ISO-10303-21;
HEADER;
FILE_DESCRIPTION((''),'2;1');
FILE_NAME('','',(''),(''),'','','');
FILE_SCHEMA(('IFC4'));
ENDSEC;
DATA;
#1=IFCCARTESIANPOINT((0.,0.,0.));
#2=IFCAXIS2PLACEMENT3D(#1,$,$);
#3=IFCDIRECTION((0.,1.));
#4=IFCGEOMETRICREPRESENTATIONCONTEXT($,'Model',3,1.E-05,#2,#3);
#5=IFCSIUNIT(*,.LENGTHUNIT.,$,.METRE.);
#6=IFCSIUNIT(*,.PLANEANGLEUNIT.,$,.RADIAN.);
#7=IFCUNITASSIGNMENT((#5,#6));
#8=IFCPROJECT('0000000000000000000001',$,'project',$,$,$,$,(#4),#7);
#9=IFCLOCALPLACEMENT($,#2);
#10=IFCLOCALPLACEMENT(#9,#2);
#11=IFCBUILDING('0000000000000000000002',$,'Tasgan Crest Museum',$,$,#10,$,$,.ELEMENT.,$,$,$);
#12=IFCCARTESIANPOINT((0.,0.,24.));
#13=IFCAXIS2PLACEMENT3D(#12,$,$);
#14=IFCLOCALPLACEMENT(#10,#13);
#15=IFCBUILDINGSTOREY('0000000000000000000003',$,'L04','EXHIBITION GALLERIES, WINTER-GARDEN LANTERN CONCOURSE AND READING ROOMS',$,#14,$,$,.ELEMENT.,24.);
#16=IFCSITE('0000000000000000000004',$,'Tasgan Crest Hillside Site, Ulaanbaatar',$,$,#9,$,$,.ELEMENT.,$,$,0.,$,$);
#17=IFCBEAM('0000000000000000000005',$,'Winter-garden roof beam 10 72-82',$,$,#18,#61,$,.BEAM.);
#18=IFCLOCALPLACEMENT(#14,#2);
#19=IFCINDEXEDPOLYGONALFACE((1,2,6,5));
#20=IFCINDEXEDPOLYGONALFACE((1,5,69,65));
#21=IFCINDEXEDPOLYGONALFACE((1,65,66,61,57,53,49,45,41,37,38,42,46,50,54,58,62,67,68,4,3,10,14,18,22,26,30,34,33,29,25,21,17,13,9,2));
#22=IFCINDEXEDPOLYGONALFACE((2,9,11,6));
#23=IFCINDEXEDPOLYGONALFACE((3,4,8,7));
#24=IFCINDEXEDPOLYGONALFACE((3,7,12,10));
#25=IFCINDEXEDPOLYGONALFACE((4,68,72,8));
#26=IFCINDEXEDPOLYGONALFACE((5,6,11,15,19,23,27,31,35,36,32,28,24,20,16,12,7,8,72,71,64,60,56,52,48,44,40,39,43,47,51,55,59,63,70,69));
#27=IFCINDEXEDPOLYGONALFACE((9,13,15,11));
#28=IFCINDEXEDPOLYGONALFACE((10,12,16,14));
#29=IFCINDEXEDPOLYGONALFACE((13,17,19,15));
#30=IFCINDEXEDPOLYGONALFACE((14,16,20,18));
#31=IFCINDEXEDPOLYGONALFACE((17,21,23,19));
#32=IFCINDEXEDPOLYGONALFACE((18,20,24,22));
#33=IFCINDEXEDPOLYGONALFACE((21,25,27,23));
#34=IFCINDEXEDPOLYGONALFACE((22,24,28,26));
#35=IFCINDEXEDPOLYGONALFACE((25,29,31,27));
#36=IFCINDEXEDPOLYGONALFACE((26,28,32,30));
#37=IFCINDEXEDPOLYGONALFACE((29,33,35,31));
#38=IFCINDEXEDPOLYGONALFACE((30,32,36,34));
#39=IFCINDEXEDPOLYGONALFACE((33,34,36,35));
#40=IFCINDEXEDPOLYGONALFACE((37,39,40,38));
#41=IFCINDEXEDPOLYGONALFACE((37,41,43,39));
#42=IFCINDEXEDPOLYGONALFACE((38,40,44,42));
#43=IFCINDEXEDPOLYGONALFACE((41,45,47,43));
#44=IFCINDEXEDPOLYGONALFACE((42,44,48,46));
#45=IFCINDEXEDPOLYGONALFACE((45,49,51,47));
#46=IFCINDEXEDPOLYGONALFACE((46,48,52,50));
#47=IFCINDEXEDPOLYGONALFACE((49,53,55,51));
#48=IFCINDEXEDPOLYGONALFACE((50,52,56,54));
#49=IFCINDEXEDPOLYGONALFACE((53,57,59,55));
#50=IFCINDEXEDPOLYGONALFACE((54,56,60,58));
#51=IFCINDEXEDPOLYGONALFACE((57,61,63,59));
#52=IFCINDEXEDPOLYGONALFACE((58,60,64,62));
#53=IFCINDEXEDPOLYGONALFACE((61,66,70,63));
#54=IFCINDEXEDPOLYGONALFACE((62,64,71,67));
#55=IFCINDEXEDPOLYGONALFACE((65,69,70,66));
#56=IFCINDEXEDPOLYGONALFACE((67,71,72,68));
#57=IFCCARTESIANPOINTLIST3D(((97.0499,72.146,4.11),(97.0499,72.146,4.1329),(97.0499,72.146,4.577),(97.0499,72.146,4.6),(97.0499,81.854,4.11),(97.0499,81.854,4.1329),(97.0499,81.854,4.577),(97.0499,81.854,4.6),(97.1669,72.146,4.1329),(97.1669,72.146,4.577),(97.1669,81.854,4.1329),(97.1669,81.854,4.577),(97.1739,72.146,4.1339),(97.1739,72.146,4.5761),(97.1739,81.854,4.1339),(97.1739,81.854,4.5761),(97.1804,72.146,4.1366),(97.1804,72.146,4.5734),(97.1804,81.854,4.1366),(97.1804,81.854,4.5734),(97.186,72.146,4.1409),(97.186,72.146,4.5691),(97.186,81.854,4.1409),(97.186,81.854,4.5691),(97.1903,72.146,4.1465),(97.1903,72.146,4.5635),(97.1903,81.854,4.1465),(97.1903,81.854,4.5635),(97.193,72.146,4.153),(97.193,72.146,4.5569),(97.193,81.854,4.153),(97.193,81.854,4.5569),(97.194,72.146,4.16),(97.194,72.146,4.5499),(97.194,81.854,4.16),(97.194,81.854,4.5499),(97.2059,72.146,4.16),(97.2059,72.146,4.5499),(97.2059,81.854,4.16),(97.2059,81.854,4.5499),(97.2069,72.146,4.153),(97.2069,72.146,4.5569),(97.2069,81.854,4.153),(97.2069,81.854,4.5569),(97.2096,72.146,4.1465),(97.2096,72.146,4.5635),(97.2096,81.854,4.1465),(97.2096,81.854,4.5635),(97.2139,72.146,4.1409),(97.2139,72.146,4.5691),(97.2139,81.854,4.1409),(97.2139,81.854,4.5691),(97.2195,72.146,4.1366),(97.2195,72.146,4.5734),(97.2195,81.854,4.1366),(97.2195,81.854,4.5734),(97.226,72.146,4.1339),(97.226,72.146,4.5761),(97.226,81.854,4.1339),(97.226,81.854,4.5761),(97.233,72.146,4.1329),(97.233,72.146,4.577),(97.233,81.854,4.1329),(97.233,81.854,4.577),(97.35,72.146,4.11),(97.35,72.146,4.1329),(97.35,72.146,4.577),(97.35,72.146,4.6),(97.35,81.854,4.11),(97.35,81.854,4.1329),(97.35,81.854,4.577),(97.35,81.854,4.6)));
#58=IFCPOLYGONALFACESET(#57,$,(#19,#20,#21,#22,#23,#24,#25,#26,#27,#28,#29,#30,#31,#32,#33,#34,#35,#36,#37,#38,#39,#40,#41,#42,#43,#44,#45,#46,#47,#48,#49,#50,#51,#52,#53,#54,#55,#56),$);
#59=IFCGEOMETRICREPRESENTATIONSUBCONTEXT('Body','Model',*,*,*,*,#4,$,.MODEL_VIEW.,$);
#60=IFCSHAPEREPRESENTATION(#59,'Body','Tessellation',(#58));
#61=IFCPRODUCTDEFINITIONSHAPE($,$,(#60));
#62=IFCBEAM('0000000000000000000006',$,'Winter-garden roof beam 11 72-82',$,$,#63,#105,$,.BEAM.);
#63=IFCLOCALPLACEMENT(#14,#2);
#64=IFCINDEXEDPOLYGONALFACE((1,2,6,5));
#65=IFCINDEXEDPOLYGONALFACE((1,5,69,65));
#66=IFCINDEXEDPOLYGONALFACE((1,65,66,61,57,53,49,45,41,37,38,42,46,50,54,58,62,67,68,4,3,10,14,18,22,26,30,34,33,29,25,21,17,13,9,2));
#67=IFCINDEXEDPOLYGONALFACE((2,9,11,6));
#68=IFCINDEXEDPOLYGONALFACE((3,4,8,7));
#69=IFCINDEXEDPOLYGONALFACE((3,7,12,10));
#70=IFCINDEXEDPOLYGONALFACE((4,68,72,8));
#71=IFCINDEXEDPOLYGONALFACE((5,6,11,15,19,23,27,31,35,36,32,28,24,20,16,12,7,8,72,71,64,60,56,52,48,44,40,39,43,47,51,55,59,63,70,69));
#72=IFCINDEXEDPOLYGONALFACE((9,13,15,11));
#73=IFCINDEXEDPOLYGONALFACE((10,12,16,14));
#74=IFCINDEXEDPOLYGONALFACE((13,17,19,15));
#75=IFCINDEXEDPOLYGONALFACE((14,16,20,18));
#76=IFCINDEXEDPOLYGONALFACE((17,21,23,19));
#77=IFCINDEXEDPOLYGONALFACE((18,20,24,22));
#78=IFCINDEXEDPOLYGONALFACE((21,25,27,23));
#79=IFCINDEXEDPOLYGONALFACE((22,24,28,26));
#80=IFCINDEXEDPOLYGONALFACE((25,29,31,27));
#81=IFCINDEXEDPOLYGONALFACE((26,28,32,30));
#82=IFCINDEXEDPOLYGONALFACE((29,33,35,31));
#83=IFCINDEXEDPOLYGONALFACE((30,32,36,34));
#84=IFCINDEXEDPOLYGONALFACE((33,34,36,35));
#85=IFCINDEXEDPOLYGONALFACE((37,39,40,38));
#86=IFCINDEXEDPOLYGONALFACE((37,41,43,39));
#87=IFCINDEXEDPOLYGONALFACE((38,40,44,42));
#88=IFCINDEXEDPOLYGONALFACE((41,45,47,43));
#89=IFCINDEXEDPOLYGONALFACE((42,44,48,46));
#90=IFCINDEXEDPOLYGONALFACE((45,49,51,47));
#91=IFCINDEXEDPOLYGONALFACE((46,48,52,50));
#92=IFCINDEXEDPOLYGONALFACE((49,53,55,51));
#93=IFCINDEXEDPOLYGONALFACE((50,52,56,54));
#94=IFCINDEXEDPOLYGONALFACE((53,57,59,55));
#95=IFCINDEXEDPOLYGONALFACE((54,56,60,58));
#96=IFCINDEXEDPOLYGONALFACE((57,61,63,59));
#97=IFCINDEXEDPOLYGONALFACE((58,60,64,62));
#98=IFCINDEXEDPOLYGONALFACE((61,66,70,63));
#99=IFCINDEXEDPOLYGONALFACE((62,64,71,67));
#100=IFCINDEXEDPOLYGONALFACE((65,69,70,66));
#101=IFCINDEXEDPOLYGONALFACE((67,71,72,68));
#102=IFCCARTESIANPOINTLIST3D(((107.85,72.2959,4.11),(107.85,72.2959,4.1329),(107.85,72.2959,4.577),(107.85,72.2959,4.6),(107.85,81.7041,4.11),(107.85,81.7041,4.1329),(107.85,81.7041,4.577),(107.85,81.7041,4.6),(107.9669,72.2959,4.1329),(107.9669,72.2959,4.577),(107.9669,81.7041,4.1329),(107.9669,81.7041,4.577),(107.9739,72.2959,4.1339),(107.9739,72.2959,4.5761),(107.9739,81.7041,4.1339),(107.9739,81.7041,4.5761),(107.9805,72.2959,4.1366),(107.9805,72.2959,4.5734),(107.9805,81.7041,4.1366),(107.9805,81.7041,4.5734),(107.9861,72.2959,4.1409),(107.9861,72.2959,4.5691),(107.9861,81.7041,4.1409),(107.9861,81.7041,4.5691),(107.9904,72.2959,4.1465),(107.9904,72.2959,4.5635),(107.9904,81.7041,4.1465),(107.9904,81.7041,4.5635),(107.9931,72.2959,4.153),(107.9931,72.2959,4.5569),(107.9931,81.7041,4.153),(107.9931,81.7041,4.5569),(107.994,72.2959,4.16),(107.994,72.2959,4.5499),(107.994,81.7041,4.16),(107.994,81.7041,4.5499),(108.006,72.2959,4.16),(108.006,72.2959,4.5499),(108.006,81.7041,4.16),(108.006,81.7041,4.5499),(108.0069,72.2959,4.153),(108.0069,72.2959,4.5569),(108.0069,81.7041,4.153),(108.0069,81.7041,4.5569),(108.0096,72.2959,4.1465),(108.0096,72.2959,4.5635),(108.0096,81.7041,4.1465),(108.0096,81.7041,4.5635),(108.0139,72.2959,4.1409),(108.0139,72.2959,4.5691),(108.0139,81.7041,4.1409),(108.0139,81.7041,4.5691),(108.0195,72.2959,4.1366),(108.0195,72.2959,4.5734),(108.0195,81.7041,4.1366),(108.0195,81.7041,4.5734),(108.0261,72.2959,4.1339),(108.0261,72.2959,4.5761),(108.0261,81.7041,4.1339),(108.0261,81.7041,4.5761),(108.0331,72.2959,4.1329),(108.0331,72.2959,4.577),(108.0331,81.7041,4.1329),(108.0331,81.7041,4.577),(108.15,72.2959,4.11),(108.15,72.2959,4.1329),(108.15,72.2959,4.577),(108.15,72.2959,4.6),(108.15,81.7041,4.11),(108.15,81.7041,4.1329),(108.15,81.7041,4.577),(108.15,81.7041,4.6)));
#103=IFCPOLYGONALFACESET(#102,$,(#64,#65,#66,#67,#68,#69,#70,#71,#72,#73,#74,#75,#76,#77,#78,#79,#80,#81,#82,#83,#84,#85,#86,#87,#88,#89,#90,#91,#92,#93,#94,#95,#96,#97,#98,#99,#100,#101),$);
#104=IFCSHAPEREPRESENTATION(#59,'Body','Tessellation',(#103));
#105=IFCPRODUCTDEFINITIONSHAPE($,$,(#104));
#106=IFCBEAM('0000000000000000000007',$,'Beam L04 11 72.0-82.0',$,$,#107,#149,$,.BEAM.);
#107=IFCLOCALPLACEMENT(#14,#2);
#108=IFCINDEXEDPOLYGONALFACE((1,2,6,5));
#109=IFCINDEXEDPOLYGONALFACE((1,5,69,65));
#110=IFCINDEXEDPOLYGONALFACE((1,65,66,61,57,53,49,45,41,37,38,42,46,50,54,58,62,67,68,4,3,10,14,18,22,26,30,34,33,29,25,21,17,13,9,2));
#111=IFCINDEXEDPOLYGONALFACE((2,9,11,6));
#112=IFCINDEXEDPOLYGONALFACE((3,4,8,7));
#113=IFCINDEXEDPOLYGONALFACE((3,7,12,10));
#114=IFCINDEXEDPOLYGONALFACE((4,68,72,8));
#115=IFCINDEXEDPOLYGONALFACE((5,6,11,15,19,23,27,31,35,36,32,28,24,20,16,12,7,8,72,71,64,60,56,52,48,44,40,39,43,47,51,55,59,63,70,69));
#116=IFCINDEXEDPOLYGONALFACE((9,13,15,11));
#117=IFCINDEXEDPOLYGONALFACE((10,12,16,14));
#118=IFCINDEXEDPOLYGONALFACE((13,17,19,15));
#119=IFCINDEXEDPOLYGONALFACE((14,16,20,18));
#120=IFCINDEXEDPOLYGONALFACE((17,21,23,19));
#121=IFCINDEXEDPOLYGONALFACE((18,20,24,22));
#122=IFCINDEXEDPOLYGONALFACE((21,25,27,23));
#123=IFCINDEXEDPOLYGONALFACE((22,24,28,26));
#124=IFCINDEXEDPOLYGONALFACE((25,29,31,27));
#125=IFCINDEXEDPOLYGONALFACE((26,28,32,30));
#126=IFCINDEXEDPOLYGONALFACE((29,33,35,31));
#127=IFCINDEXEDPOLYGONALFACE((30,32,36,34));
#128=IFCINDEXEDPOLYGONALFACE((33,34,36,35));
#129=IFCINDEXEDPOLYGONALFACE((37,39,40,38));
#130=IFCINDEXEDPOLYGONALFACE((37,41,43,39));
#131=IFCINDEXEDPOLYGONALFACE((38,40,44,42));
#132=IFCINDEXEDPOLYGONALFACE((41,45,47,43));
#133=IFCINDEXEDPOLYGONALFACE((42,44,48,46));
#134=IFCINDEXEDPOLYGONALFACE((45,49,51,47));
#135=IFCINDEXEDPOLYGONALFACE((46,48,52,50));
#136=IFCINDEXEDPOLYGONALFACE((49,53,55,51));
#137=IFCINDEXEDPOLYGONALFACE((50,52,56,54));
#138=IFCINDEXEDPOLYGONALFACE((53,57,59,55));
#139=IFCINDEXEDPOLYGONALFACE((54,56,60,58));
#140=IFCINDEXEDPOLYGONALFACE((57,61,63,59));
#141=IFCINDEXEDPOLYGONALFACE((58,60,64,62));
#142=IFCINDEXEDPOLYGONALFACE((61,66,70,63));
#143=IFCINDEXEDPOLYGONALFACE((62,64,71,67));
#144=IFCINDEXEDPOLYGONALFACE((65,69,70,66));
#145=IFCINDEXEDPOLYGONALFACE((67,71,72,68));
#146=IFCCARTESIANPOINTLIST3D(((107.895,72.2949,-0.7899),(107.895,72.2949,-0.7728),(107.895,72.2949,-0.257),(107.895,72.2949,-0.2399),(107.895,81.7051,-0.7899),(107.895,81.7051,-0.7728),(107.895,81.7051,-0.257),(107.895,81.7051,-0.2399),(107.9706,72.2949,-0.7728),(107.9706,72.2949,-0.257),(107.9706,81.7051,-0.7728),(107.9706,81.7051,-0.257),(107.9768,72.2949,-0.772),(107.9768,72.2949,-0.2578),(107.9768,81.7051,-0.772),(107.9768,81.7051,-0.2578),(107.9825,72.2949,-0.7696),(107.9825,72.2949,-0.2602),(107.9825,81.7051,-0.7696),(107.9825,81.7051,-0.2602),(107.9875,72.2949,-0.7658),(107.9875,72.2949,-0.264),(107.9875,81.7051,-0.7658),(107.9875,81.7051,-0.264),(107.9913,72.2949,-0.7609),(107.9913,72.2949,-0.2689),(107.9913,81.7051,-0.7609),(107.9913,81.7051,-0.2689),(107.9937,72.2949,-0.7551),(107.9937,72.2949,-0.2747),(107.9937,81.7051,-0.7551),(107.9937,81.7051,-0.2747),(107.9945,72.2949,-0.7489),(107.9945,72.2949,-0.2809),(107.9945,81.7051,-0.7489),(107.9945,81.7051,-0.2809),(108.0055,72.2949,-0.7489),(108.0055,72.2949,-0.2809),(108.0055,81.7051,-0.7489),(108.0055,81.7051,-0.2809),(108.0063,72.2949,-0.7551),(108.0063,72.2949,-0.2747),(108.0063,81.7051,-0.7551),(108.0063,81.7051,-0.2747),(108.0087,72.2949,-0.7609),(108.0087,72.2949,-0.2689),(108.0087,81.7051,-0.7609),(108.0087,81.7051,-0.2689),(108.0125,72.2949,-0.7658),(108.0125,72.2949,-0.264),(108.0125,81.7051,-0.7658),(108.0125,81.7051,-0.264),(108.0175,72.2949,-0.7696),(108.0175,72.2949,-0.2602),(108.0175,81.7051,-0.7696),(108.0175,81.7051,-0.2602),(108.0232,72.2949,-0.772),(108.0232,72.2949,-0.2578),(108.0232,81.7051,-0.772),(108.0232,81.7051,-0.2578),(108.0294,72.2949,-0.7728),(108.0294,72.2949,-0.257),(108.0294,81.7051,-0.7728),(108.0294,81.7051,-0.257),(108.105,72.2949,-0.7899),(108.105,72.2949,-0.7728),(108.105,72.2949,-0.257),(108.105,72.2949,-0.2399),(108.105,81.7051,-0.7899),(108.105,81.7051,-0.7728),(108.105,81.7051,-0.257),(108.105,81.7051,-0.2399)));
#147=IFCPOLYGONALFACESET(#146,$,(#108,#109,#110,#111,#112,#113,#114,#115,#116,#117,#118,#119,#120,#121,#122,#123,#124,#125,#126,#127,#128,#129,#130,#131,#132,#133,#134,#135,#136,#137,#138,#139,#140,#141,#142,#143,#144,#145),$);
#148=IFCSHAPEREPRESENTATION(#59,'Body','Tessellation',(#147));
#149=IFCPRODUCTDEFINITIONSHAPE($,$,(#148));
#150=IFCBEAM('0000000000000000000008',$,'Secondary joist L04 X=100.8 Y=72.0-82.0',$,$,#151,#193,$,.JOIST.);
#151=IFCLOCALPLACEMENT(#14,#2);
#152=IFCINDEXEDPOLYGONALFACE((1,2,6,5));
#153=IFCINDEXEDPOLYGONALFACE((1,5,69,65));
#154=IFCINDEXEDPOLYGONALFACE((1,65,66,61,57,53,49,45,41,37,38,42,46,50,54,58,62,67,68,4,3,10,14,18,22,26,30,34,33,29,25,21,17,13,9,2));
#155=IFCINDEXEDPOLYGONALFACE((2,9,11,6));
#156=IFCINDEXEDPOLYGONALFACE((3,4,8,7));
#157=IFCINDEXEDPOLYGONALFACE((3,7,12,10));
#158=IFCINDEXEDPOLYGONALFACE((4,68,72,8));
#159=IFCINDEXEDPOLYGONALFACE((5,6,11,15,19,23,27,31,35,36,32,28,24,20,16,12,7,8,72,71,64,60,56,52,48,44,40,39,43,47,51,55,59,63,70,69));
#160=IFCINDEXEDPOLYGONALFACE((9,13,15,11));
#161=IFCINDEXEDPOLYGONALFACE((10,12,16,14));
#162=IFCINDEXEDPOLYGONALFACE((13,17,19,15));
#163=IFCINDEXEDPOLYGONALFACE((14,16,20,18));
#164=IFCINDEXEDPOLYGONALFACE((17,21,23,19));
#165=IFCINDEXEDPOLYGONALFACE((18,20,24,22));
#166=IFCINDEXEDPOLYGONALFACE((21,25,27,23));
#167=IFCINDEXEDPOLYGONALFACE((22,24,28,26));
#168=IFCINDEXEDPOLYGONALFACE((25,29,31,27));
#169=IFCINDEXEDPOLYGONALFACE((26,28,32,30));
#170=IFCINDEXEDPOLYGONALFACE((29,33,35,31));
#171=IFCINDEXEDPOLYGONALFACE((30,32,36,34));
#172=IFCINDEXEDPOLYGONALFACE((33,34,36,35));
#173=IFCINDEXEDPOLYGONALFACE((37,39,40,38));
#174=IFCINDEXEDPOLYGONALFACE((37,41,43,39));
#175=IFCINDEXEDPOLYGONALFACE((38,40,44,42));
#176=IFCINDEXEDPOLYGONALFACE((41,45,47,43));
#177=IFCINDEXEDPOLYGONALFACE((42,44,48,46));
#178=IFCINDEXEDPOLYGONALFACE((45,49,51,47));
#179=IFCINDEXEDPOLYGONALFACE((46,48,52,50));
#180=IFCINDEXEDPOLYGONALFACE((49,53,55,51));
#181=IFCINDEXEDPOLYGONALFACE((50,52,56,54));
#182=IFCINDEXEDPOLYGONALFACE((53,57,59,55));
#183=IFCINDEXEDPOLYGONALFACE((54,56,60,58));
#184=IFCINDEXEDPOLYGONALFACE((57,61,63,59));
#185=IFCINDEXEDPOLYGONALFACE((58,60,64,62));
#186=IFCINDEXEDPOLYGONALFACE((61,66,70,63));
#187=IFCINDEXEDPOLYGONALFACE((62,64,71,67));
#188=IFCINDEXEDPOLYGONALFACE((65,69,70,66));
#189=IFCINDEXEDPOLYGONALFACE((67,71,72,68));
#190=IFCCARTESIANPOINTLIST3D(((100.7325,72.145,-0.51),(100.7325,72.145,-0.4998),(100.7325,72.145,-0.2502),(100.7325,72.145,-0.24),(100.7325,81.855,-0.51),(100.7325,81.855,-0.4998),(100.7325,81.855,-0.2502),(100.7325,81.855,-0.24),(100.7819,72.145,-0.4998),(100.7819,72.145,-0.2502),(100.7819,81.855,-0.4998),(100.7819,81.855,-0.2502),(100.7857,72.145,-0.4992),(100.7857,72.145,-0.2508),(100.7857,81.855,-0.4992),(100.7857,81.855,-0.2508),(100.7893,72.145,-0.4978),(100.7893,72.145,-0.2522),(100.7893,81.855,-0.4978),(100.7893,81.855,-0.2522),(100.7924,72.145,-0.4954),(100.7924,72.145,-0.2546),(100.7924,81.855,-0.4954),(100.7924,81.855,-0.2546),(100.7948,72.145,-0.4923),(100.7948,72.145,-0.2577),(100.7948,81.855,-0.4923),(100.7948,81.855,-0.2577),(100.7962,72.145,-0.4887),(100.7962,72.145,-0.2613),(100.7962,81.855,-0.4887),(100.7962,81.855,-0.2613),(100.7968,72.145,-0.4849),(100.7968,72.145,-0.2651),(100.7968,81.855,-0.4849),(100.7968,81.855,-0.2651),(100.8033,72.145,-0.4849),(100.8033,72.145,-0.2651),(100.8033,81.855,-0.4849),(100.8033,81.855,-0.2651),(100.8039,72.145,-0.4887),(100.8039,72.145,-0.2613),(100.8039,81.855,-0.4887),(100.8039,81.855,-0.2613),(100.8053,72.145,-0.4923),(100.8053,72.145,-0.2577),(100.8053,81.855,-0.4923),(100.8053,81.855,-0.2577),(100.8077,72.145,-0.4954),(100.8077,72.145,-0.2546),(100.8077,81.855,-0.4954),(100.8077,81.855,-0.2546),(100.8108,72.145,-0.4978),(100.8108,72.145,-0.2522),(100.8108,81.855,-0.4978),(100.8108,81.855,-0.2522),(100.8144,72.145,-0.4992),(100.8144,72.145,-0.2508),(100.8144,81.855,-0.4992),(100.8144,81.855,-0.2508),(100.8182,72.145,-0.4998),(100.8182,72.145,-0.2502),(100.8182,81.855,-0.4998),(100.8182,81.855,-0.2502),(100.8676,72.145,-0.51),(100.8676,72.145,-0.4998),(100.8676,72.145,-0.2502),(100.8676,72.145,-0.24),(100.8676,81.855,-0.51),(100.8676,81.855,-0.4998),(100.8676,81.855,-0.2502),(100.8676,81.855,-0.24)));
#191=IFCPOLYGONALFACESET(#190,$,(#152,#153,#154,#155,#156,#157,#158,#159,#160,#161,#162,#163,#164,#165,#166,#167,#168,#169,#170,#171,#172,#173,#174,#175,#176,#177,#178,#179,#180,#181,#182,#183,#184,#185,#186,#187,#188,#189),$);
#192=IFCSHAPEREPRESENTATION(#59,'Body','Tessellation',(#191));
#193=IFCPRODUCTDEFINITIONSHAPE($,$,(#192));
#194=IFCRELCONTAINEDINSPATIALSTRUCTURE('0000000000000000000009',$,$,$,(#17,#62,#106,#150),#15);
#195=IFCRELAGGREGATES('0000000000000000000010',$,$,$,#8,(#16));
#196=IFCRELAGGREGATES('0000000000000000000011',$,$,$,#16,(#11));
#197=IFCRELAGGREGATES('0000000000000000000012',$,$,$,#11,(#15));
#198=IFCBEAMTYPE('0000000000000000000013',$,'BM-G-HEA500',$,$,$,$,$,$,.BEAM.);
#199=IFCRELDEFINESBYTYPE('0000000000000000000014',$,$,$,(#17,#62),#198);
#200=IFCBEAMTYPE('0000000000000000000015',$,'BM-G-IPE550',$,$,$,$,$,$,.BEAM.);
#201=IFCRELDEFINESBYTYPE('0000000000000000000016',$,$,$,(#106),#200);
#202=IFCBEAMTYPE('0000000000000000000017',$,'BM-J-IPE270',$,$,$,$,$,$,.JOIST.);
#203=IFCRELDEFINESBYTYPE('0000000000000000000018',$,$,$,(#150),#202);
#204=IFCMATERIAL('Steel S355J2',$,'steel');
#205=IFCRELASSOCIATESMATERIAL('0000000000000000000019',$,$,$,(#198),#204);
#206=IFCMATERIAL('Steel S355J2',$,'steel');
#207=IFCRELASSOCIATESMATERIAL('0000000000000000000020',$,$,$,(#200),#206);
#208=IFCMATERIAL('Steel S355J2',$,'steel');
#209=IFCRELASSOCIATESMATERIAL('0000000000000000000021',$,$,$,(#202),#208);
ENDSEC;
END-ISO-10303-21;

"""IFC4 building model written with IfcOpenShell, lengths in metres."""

from ifc_helpers import new_model, si_unit, direction, frame, origin, origin_2d, place, context, subcontext, project, spatial, i_section, extrude, material, material_profile, profile_set, type_object, element, save


model = new_model("IFC4")

# Units and contexts
model_context = context("Model", 3, precision=1e-05, world=origin(), true_north=direction((0.0, 1.0)))
body_context = subcontext(model_context, "Body", "Model", "MODEL_VIEW")
ifc_project = project(units=[si_unit("LENGTHUNIT", "METRE"), si_unit("PLANEANGLEUNIT", "RADIAN")], contexts=[model_context])

# Site, building, storey
site_placement = place(None, origin())
site = spatial("IfcSite", under=ifc_project, at=site_placement, Name="Tasgan Crest Hillside Site, Ulaanbaatar", CompositionType="ELEMENT", RefElevation=0.0)
building_placement = place(site_placement, origin())
building = spatial("IfcBuilding", under=site, at=building_placement, Name="Tasgan Crest Museum", CompositionType="ELEMENT")
storey_placement = place(building_placement, frame((0.0, 0.0, 24.0)))
storey = spatial("IfcBuildingStorey", under=building, at=storey_placement, Name="L04", Description="EXHIBITION GALLERIES, WINTER-GARDEN LANTERN CONCOURSE AND READING ROOMS", CompositionType="ELEMENT", Elevation=24.0)

# Beams
ifc_material_1 = material(Name="Steel S355J2", Category="steel")
ifc_material_profile_1 = material_profile(ifc_material_1, i_section(OverallWidth=0.3, OverallDepth=0.49, WebThickness=0.012, FlangeThickness=0.0229, FilletRadius=0.0271, at=origin_2d()), Name="HEA 500")
ifc_profile_set_1 = profile_set([ifc_material_profile_1], Name="Steel S355J2")
beam_type_1 = type_object("IfcBeamType", Name="BM-G-HEA500", PredefinedType="BEAM", material=ifc_profile_set_1)
beam_1_placement = place(storey_placement, frame((97.2, 72.146, 4.355), z_axis=(0.0, 1.0, 0.0), x_axis=(-1.0, 0.0, 0.0)))
element("IfcBeam", 1, at=beam_1_placement, inside=storey, type_object=beam_type_1, Name="Winter-garden roof beam 10 72-82", PredefinedType="BEAM", context=body_context, shape_type="SweptSolid", body=[
    extrude(i_section(OverallWidth=0.3, OverallDepth=0.49, WebThickness=0.012, FlangeThickness=0.0229, FilletRadius=0.0271, at=origin_2d()), origin(), (0.0, 0.0, 1.0), 9.708),
])
beam_2_placement = place(storey_placement, frame((108.0, 72.2959, 4.355), z_axis=(0.0, 1.0, 0.0), x_axis=(-1.0, 0.0, 0.0)))
element("IfcBeam", 2, at=beam_2_placement, inside=storey, type_object=beam_type_1, Name="Winter-garden roof beam 11 72-82", PredefinedType="BEAM", context=body_context, shape_type="SweptSolid", body=[
    extrude(i_section(OverallWidth=0.3, OverallDepth=0.49, WebThickness=0.012, FlangeThickness=0.0229, FilletRadius=0.0271, at=origin_2d()), origin(), (0.0, 0.0, 1.0), 9.4082),
])
ifc_material_2 = material(Name="Steel S355J2", Category="steel")
ifc_material_profile_2 = material_profile(ifc_material_2, i_section(OverallWidth=0.21, OverallDepth=0.55, WebThickness=0.011, FlangeThickness=0.0171, FilletRadius=0.0239, at=origin_2d()), Name="IPE 550")
ifc_profile_set_2 = profile_set([ifc_material_profile_2], Name="Steel S355J2")
beam_type_2 = type_object("IfcBeamType", Name="BM-G-IPE550", PredefinedType="BEAM", material=ifc_profile_set_2)
beam_3_placement = place(storey_placement, frame((108.0, 72.2949, -0.5149), z_axis=(0.0, 1.0, 0.0), x_axis=(-1.0, 0.0, 0.0)))
element("IfcBeam", 3, at=beam_3_placement, inside=storey, type_object=beam_type_2, Name="Beam L04 11 72.0-82.0", PredefinedType="BEAM", context=body_context, shape_type="SweptSolid", body=[
    extrude(i_section(OverallWidth=0.21, OverallDepth=0.55, WebThickness=0.011, FlangeThickness=0.0171, FilletRadius=0.0239, at=origin_2d()), origin(), (0.0, 0.0, 1.0), 9.4102),
])
ifc_material_3 = material(Name="Steel S355J2", Category="steel")
ifc_material_profile_3 = material_profile(ifc_material_3, i_section(OverallWidth=0.135, OverallDepth=0.27, WebThickness=0.0066, FlangeThickness=0.0103, FilletRadius=0.0149, at=origin_2d()), Name="IPE 270")
ifc_profile_set_3 = profile_set([ifc_material_profile_3], Name="Steel S355J2")
beam_type_3 = type_object("IfcBeamType", Name="BM-J-IPE270", PredefinedType="JOIST", material=ifc_profile_set_3)
for number, where, z_axis, x_axis, name in (
    (4, (100.8, 72.145, -0.375), (0.0, 1.0, 0.0), (-1.0, 0.0, 0.0), "Secondary joist L04 X=100.8 Y=72.0-82.0"),
):
    element("IfcBeam", number, at=place(storey_placement, frame(where, z_axis=z_axis, x_axis=x_axis)), inside=storey, type_object=beam_type_3, Name=name, PredefinedType="JOIST", context=body_context, shape_type="SweptSolid", body=[
        extrude(i_section(OverallWidth=0.135, OverallDepth=0.27, WebThickness=0.0066, FlangeThickness=0.0103, FilletRadius=0.0149, at=origin_2d()), origin(), (0.0, 0.0, 1.0), 9.71),
    ])

save(model, "model.ifc")
